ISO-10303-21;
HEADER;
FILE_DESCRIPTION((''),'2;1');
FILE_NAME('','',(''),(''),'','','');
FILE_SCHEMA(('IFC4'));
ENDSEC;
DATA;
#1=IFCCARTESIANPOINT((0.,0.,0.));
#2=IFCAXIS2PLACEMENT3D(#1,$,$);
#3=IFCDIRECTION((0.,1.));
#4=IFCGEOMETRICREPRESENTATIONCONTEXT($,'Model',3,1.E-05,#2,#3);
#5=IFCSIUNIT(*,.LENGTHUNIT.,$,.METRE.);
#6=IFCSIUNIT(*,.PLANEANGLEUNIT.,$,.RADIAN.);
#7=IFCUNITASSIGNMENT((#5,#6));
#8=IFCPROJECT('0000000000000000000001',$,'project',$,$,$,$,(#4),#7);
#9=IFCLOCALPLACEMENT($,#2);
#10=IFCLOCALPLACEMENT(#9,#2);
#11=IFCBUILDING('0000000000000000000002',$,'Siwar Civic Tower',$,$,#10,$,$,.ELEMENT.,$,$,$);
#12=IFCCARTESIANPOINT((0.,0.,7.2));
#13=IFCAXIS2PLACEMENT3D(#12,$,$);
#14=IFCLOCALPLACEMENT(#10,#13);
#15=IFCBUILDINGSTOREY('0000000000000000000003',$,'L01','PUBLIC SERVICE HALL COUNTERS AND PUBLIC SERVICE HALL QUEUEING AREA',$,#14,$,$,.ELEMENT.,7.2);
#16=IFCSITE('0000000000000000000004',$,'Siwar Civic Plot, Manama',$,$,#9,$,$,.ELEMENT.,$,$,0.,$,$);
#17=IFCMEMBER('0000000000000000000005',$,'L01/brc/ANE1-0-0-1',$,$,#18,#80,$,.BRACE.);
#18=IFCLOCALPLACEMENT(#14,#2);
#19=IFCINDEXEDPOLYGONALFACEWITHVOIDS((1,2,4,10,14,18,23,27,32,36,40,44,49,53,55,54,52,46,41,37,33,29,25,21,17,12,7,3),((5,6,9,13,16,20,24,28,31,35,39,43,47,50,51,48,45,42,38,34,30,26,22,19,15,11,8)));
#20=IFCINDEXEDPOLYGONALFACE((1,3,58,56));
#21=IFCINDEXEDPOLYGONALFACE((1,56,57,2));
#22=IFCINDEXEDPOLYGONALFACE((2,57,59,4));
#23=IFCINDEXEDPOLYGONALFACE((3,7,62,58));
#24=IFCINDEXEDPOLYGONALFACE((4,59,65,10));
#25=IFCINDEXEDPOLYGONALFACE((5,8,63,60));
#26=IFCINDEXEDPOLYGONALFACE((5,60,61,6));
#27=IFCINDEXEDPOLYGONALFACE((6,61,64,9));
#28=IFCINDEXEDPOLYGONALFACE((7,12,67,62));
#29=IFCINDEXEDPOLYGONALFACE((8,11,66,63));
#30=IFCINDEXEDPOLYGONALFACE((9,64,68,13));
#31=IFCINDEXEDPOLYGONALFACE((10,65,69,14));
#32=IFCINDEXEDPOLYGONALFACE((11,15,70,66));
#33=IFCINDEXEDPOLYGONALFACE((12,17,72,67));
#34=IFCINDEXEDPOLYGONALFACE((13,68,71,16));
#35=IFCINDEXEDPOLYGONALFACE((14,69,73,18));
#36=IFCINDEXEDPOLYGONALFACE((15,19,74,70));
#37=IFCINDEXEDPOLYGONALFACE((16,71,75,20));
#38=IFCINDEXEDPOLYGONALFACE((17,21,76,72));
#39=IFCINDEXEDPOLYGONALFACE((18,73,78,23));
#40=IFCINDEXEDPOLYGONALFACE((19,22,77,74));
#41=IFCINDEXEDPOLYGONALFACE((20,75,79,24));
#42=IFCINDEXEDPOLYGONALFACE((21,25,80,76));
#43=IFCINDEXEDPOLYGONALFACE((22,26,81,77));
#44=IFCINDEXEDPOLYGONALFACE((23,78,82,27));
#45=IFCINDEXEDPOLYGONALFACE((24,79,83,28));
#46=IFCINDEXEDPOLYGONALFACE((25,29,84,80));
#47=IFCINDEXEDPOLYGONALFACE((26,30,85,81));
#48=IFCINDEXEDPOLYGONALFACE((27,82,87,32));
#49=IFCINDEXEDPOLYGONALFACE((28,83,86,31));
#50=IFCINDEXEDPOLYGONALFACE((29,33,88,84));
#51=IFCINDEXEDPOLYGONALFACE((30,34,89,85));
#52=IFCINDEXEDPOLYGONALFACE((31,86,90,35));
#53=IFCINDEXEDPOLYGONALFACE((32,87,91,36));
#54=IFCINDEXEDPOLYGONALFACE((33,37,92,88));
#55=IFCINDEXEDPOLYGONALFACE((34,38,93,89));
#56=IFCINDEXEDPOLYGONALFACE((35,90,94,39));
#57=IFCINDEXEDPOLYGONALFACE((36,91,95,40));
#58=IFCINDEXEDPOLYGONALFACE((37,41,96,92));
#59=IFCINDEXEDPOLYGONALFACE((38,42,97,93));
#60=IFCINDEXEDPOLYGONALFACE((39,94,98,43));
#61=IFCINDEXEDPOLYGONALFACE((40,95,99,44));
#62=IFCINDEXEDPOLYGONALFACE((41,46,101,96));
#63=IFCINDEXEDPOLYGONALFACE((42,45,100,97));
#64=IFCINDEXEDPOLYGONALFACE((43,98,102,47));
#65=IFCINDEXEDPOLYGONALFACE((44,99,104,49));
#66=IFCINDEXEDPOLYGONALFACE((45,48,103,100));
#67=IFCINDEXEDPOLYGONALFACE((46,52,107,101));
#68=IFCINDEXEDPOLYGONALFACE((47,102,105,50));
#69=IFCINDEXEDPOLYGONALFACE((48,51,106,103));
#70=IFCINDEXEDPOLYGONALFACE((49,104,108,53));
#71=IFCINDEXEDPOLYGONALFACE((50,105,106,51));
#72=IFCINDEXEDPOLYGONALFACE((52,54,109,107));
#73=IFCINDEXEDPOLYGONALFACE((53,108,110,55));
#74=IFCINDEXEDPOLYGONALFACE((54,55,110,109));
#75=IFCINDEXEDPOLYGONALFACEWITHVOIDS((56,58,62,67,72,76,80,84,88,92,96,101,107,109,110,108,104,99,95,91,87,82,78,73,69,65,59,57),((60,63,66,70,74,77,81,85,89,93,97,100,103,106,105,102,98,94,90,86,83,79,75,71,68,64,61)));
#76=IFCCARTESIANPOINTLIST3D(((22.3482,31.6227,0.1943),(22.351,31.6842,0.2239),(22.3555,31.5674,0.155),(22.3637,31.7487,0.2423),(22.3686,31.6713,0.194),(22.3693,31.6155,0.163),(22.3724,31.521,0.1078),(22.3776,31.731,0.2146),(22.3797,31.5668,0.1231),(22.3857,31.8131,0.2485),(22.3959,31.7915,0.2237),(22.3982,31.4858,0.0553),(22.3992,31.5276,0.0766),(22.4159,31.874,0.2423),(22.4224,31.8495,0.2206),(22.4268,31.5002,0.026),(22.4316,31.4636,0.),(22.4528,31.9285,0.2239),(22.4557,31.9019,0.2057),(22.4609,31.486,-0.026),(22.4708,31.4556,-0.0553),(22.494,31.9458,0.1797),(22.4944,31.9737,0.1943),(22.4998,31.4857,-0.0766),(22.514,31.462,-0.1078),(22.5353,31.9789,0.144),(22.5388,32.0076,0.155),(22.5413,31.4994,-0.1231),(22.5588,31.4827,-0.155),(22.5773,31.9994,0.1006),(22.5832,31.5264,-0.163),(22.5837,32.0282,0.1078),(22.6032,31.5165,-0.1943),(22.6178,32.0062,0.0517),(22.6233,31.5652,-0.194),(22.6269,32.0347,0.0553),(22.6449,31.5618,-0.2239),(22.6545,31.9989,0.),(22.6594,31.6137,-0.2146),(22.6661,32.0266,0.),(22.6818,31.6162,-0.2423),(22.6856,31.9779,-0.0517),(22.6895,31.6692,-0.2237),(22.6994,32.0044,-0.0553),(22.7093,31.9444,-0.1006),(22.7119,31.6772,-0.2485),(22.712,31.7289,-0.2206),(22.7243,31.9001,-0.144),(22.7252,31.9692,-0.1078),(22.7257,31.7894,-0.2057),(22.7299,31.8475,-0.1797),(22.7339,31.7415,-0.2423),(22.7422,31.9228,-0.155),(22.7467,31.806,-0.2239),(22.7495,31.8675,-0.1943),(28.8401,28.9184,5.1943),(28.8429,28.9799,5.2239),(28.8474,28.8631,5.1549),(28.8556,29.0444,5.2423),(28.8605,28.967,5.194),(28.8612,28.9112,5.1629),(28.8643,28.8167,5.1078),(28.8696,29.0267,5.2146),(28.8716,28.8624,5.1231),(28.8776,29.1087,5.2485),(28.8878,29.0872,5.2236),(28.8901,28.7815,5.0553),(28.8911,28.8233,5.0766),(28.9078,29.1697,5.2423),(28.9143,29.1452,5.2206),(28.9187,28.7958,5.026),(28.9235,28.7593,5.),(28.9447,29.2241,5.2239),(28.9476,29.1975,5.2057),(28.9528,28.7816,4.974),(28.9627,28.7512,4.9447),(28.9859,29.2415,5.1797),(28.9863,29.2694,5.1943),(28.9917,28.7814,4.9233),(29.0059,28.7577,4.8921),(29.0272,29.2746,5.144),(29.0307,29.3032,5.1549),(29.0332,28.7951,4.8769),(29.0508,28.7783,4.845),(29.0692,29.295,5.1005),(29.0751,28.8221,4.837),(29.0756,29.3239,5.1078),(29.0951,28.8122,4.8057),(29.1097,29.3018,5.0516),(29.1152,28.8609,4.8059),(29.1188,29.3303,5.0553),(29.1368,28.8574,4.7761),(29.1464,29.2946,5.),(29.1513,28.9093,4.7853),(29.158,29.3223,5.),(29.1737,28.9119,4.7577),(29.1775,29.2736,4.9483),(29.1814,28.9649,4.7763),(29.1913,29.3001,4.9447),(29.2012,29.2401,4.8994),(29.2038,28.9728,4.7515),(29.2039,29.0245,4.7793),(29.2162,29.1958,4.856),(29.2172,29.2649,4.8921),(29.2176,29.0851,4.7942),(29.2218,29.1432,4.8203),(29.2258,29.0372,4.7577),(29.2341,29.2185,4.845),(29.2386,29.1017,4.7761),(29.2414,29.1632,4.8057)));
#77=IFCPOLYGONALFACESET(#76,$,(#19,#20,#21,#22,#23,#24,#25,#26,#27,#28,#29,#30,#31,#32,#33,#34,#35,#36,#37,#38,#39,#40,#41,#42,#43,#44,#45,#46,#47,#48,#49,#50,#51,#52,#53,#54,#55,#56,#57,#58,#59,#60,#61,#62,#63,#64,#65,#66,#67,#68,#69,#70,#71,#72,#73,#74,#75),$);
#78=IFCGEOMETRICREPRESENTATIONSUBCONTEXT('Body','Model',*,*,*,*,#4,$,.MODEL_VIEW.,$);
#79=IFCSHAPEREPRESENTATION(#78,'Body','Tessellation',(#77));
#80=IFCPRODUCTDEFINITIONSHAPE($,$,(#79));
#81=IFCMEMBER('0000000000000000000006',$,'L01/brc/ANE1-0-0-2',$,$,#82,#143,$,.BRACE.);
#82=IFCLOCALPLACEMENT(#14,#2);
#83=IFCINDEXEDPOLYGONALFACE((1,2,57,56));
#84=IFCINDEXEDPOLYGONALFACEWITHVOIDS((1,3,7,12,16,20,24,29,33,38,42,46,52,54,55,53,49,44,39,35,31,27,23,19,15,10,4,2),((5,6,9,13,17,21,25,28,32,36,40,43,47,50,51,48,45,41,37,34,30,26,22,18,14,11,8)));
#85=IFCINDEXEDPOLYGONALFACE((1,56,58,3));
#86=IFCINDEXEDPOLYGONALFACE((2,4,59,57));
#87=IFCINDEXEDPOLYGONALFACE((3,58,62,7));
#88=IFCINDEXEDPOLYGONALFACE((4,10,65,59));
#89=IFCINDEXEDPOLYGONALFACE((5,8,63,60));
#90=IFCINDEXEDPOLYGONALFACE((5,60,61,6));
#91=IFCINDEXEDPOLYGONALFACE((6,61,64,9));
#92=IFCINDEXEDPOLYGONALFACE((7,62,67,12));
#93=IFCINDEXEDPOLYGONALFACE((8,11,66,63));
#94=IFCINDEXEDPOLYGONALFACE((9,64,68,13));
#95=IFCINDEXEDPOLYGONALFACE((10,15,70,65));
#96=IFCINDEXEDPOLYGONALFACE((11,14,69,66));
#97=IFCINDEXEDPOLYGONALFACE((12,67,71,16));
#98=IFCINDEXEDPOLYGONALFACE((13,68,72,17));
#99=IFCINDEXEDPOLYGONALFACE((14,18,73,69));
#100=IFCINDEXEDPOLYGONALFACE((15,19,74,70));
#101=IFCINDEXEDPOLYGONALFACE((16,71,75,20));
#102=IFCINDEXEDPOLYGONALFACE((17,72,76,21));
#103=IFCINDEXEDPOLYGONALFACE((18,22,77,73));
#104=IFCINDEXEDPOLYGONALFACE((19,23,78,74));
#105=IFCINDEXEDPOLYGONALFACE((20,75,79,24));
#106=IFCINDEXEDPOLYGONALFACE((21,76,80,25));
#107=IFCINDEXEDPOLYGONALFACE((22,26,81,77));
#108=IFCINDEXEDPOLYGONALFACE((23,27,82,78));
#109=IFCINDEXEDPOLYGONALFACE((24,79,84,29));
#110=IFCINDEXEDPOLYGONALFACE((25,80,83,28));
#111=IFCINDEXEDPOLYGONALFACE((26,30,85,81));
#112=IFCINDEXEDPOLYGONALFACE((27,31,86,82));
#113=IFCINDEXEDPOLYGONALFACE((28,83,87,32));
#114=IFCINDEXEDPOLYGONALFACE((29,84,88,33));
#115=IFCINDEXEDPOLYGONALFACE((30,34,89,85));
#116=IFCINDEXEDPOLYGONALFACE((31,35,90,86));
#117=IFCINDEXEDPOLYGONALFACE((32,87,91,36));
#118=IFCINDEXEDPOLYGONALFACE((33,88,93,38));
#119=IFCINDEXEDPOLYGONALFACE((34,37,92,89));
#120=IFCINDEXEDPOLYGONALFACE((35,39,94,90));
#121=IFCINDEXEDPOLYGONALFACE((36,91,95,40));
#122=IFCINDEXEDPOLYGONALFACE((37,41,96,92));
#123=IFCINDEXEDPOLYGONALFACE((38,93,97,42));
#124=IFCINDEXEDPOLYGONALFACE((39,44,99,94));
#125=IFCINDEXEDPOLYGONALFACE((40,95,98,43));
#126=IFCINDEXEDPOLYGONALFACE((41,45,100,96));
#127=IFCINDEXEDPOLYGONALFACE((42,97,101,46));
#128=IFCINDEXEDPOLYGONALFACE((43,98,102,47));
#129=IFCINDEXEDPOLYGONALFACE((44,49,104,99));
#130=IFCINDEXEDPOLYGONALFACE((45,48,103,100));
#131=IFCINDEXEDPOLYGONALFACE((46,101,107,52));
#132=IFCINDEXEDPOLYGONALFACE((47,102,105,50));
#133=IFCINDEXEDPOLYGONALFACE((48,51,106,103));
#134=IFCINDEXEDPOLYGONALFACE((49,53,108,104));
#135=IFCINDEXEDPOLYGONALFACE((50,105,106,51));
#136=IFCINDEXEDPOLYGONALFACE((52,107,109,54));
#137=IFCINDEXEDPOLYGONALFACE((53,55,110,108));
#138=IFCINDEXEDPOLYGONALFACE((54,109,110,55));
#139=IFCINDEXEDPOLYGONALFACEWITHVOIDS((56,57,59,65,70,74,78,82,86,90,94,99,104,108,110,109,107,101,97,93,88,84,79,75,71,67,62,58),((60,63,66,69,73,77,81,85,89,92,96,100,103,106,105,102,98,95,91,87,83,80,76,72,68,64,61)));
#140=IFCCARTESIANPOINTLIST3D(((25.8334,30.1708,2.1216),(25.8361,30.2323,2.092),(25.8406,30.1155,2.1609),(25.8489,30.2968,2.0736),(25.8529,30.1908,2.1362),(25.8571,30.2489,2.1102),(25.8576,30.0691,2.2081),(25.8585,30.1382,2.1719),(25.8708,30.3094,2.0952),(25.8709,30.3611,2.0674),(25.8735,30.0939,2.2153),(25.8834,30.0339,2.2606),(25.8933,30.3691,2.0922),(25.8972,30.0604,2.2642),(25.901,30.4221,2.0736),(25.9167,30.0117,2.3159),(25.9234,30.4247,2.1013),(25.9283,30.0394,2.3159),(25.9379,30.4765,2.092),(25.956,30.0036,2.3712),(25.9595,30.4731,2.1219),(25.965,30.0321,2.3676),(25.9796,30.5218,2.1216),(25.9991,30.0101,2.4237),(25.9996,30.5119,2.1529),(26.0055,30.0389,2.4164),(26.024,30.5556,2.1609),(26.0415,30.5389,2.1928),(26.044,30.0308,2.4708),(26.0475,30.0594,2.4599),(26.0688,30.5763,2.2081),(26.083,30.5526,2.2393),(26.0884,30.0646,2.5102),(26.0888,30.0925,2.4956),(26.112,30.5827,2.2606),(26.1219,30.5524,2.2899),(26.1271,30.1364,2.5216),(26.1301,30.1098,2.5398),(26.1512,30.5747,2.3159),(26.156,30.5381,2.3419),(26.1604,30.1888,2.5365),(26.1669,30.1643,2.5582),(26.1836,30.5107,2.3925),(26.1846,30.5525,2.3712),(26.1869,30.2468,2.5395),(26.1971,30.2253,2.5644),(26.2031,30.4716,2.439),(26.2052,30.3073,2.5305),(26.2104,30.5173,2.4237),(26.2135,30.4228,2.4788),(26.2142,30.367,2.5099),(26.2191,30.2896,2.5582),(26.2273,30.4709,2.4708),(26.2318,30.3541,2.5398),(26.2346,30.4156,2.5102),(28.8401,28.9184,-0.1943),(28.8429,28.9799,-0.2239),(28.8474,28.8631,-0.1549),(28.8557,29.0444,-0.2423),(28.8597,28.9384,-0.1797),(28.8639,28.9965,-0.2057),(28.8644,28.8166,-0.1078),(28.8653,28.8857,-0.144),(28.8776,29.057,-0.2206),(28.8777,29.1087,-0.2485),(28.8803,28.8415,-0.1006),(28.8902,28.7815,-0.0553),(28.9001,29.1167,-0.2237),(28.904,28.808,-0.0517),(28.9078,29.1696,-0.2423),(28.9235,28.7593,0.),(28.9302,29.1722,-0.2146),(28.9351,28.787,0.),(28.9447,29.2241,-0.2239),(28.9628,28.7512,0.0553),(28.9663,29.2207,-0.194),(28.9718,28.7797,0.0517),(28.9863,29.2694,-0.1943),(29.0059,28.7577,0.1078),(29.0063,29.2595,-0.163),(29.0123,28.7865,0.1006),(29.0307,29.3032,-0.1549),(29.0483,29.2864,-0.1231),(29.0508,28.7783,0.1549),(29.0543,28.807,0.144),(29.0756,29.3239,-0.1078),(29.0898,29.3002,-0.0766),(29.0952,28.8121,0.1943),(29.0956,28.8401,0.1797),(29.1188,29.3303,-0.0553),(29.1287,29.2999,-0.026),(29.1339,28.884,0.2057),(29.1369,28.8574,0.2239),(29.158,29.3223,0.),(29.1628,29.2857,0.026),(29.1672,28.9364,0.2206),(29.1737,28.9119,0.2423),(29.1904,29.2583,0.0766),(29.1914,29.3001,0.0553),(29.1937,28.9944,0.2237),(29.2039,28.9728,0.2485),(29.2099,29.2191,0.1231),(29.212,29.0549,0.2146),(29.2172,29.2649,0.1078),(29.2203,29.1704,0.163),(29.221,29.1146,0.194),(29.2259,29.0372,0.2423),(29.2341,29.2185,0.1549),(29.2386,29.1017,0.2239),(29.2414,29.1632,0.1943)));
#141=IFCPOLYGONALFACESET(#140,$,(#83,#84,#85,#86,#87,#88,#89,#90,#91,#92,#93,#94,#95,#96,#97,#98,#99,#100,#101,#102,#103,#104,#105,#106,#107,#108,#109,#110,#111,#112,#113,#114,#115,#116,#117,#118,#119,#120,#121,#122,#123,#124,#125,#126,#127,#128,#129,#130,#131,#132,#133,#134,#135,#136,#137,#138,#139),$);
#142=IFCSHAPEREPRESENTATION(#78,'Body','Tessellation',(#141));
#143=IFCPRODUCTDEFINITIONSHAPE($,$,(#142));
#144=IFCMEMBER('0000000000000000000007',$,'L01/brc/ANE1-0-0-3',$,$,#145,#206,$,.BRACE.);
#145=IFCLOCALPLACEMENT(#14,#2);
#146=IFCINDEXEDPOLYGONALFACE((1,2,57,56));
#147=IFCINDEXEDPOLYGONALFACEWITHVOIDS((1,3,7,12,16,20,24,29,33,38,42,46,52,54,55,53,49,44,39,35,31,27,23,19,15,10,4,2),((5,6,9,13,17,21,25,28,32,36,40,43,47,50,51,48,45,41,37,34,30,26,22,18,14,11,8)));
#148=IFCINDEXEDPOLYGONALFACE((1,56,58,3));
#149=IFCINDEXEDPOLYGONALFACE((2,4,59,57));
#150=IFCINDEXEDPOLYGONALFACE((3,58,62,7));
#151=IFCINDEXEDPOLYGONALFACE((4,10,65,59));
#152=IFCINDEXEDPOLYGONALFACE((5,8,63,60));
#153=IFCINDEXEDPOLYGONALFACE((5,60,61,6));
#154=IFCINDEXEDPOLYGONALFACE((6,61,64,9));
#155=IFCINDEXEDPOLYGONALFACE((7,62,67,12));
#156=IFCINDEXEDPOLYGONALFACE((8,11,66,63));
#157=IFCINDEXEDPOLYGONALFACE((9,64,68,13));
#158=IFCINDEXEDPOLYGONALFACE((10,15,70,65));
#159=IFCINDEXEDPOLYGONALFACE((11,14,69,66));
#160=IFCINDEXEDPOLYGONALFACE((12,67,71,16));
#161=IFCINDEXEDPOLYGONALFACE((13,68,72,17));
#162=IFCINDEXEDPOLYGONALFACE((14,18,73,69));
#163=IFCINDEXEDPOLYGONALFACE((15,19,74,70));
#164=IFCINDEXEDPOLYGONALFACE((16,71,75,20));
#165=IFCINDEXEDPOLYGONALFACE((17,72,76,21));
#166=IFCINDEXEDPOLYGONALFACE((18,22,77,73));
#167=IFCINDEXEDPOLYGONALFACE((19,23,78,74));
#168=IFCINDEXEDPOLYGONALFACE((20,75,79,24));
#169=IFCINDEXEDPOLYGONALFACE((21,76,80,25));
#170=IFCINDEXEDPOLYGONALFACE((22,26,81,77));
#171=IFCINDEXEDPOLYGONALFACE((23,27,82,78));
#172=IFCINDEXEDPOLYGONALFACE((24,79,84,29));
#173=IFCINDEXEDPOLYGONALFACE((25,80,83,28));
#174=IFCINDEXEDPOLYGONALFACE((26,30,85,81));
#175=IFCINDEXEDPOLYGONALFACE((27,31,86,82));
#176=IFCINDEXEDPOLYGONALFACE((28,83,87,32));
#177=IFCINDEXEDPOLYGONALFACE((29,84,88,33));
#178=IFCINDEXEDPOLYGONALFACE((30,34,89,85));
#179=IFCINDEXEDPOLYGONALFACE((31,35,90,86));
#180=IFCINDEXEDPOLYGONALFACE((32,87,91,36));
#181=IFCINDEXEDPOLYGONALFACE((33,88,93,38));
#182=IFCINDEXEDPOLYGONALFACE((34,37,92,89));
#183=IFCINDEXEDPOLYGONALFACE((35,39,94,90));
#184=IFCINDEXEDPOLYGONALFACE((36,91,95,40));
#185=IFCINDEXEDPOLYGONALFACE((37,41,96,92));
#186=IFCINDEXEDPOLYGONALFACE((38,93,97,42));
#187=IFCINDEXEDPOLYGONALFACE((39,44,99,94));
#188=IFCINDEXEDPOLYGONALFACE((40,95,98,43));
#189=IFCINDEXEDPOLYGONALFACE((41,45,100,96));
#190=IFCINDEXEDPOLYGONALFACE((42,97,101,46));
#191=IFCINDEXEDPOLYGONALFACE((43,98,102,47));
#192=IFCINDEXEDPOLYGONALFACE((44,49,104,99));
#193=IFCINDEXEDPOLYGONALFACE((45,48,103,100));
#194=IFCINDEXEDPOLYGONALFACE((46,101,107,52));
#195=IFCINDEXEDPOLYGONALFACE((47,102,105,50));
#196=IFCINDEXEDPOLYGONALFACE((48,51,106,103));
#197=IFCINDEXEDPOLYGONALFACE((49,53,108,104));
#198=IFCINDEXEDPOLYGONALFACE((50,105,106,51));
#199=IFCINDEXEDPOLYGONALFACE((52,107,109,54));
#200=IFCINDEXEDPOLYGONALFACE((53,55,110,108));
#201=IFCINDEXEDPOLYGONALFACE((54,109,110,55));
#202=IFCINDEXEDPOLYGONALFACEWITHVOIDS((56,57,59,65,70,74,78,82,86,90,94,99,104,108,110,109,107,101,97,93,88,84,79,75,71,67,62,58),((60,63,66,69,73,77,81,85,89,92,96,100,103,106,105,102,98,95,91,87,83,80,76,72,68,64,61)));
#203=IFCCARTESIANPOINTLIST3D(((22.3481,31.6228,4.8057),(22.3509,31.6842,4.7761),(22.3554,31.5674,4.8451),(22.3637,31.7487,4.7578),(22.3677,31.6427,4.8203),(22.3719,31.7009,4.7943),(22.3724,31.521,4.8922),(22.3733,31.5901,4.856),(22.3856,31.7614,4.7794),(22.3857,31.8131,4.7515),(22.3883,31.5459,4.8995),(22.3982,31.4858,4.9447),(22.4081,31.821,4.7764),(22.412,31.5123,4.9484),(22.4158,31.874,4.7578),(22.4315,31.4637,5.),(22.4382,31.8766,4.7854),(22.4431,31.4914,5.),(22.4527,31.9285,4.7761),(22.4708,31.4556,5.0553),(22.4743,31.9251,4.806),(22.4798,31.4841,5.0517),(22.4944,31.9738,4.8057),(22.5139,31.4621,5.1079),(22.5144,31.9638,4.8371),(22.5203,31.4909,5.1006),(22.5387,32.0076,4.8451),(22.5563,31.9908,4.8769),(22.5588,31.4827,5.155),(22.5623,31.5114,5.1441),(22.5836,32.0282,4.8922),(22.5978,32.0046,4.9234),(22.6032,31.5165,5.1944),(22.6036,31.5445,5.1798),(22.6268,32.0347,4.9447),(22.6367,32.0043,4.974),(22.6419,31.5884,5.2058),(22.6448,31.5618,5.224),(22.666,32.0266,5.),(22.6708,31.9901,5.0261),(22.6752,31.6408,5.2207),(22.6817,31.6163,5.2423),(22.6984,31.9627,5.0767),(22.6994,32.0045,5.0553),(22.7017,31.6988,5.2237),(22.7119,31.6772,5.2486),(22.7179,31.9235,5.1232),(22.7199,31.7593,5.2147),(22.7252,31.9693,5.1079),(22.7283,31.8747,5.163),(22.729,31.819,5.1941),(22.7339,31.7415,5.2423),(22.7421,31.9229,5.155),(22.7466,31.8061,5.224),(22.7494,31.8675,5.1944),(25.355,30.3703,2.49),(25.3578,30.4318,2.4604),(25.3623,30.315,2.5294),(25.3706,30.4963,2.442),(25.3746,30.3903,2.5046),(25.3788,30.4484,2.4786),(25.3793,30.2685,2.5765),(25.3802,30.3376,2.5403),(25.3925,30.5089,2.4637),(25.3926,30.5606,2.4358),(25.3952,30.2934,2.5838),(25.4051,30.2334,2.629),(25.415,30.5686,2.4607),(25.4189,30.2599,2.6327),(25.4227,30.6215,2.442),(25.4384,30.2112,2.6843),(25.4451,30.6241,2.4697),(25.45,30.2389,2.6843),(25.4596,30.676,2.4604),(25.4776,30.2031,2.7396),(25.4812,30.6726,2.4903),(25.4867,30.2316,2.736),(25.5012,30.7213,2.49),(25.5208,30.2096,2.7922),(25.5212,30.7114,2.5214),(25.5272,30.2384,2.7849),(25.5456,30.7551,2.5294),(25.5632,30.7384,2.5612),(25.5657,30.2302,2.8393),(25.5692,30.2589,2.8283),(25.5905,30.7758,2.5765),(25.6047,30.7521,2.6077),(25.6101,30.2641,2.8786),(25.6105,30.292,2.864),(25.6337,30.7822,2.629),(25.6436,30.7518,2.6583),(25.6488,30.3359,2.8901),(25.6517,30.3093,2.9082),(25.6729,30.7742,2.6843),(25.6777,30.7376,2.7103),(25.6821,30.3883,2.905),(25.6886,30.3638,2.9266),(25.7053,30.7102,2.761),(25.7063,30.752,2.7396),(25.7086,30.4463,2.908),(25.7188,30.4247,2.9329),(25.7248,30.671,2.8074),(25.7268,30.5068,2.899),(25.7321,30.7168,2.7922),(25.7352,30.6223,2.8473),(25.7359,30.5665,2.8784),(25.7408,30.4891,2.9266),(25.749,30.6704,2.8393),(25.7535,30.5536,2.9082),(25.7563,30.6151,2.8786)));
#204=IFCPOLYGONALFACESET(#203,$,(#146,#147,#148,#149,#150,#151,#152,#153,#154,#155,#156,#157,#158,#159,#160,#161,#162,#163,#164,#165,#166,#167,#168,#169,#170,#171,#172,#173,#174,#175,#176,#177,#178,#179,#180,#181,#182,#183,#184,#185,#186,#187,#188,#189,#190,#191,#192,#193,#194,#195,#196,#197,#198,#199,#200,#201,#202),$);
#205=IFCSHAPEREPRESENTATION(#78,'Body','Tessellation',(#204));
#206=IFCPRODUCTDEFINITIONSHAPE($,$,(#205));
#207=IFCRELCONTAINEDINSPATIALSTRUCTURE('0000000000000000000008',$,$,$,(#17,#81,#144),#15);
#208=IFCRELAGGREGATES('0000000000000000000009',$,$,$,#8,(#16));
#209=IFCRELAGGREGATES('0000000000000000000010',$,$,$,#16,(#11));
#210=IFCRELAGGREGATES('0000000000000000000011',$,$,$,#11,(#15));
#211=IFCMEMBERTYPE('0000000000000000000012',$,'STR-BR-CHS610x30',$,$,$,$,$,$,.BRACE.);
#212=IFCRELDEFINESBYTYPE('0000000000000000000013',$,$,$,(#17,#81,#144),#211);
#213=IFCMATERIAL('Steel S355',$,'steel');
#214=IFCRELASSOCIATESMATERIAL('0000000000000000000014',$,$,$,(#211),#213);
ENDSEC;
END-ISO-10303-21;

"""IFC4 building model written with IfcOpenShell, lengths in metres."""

from ifc_helpers import new_model, si_unit, direction, frame, origin, origin_2d, place, context, subcontext, project, spatial, hollow_circle, extrude, material, material_profile, profile_set, type_object, element, save


model = new_model("IFC4")

# Units and contexts
model_context = context("Model", 3, precision=1e-05, world=origin(), true_north=direction((0.0, 1.0)))
body_context = subcontext(model_context, "Body", "Model", "MODEL_VIEW")
ifc_project = project(units=[si_unit("LENGTHUNIT", "METRE"), si_unit("PLANEANGLEUNIT", "RADIAN")], contexts=[model_context])

# Site, building, storey
site_placement = place(None, origin())
site = spatial("IfcSite", under=ifc_project, at=site_placement, Name="Siwar Civic Plot, Manama", CompositionType="ELEMENT", RefElevation=0.0)
building_placement = place(site_placement, origin())
building = spatial("IfcBuilding", under=site, at=building_placement, Name="Siwar Civic Tower", CompositionType="ELEMENT")
storey_placement = place(building_placement, frame((0.0, 0.0, 7.2)))
storey = spatial("IfcBuildingStorey", under=building, at=storey_placement, Name="L01", Description="PUBLIC SERVICE HALL COUNTERS AND PUBLIC SERVICE HALL QUEUEING AREA", CompositionType="ELEMENT", Elevation=7.2)

# Members
ifc_material_1 = material(Name="Steel S355", Category="steel")
ifc_material_profile_1 = material_profile(ifc_material_1, hollow_circle(Radius=0.3049, WallThickness=0.03, at=origin_2d()), Name="CHS610x30")
ifc_profile_set_1 = profile_set([ifc_material_profile_1], Name="Steel S355")
member_type_1 = type_object("IfcMemberType", Name="STR-BR-CHS610x30", PredefinedType="BRACE", material=ifc_profile_set_1)
member_1_placement = place(storey_placement, frame((22.5488, 31.7451, 0.0), z_axis=(0.752344, -0.313404, 0.579445), x_axis=(0.384539, 0.923109, 0.0)))
element("IfcMember", 1, at=member_1_placement, inside=storey, type_object=member_type_1, Name="L01/brc/ANE1-0-0-1", PredefinedType="BRACE", context=body_context, shape_type="SweptSolid", body=[
    extrude(hollow_circle(Radius=0.3049, WallThickness=0.03, at=origin_2d()), origin(), (0.0, 0.0, 1.0), 8.6289),
])
for number, where, z_axis, x_axis, name in (
    (2, (29.0408, 29.0408, 0.0), (-0.752341, 0.313373, 0.579466), (-0.384509, -0.923121, 0.0), "L01/brc/ANE1-0-0-2"),
    (3, (25.5557, 30.4927, 2.6843), (-0.752367, 0.313385, 0.579425), (-0.384509, -0.923121, 0.0), "L01/brc/ANE1-0-0-3"),
):
    element("IfcMember", number, at=place(storey_placement, frame(where, z_axis=z_axis, x_axis=x_axis)), inside=storey, type_object=member_type_1, Name=name, PredefinedType="BRACE", context=body_context, shape_type="SweptSolid", body=[
        extrude(hollow_circle(Radius=0.3049, WallThickness=0.03, at=origin_2d()), origin(), (0.0, 0.0, 1.0), 3.9966),
    ])

save(model, "model.ifc")
